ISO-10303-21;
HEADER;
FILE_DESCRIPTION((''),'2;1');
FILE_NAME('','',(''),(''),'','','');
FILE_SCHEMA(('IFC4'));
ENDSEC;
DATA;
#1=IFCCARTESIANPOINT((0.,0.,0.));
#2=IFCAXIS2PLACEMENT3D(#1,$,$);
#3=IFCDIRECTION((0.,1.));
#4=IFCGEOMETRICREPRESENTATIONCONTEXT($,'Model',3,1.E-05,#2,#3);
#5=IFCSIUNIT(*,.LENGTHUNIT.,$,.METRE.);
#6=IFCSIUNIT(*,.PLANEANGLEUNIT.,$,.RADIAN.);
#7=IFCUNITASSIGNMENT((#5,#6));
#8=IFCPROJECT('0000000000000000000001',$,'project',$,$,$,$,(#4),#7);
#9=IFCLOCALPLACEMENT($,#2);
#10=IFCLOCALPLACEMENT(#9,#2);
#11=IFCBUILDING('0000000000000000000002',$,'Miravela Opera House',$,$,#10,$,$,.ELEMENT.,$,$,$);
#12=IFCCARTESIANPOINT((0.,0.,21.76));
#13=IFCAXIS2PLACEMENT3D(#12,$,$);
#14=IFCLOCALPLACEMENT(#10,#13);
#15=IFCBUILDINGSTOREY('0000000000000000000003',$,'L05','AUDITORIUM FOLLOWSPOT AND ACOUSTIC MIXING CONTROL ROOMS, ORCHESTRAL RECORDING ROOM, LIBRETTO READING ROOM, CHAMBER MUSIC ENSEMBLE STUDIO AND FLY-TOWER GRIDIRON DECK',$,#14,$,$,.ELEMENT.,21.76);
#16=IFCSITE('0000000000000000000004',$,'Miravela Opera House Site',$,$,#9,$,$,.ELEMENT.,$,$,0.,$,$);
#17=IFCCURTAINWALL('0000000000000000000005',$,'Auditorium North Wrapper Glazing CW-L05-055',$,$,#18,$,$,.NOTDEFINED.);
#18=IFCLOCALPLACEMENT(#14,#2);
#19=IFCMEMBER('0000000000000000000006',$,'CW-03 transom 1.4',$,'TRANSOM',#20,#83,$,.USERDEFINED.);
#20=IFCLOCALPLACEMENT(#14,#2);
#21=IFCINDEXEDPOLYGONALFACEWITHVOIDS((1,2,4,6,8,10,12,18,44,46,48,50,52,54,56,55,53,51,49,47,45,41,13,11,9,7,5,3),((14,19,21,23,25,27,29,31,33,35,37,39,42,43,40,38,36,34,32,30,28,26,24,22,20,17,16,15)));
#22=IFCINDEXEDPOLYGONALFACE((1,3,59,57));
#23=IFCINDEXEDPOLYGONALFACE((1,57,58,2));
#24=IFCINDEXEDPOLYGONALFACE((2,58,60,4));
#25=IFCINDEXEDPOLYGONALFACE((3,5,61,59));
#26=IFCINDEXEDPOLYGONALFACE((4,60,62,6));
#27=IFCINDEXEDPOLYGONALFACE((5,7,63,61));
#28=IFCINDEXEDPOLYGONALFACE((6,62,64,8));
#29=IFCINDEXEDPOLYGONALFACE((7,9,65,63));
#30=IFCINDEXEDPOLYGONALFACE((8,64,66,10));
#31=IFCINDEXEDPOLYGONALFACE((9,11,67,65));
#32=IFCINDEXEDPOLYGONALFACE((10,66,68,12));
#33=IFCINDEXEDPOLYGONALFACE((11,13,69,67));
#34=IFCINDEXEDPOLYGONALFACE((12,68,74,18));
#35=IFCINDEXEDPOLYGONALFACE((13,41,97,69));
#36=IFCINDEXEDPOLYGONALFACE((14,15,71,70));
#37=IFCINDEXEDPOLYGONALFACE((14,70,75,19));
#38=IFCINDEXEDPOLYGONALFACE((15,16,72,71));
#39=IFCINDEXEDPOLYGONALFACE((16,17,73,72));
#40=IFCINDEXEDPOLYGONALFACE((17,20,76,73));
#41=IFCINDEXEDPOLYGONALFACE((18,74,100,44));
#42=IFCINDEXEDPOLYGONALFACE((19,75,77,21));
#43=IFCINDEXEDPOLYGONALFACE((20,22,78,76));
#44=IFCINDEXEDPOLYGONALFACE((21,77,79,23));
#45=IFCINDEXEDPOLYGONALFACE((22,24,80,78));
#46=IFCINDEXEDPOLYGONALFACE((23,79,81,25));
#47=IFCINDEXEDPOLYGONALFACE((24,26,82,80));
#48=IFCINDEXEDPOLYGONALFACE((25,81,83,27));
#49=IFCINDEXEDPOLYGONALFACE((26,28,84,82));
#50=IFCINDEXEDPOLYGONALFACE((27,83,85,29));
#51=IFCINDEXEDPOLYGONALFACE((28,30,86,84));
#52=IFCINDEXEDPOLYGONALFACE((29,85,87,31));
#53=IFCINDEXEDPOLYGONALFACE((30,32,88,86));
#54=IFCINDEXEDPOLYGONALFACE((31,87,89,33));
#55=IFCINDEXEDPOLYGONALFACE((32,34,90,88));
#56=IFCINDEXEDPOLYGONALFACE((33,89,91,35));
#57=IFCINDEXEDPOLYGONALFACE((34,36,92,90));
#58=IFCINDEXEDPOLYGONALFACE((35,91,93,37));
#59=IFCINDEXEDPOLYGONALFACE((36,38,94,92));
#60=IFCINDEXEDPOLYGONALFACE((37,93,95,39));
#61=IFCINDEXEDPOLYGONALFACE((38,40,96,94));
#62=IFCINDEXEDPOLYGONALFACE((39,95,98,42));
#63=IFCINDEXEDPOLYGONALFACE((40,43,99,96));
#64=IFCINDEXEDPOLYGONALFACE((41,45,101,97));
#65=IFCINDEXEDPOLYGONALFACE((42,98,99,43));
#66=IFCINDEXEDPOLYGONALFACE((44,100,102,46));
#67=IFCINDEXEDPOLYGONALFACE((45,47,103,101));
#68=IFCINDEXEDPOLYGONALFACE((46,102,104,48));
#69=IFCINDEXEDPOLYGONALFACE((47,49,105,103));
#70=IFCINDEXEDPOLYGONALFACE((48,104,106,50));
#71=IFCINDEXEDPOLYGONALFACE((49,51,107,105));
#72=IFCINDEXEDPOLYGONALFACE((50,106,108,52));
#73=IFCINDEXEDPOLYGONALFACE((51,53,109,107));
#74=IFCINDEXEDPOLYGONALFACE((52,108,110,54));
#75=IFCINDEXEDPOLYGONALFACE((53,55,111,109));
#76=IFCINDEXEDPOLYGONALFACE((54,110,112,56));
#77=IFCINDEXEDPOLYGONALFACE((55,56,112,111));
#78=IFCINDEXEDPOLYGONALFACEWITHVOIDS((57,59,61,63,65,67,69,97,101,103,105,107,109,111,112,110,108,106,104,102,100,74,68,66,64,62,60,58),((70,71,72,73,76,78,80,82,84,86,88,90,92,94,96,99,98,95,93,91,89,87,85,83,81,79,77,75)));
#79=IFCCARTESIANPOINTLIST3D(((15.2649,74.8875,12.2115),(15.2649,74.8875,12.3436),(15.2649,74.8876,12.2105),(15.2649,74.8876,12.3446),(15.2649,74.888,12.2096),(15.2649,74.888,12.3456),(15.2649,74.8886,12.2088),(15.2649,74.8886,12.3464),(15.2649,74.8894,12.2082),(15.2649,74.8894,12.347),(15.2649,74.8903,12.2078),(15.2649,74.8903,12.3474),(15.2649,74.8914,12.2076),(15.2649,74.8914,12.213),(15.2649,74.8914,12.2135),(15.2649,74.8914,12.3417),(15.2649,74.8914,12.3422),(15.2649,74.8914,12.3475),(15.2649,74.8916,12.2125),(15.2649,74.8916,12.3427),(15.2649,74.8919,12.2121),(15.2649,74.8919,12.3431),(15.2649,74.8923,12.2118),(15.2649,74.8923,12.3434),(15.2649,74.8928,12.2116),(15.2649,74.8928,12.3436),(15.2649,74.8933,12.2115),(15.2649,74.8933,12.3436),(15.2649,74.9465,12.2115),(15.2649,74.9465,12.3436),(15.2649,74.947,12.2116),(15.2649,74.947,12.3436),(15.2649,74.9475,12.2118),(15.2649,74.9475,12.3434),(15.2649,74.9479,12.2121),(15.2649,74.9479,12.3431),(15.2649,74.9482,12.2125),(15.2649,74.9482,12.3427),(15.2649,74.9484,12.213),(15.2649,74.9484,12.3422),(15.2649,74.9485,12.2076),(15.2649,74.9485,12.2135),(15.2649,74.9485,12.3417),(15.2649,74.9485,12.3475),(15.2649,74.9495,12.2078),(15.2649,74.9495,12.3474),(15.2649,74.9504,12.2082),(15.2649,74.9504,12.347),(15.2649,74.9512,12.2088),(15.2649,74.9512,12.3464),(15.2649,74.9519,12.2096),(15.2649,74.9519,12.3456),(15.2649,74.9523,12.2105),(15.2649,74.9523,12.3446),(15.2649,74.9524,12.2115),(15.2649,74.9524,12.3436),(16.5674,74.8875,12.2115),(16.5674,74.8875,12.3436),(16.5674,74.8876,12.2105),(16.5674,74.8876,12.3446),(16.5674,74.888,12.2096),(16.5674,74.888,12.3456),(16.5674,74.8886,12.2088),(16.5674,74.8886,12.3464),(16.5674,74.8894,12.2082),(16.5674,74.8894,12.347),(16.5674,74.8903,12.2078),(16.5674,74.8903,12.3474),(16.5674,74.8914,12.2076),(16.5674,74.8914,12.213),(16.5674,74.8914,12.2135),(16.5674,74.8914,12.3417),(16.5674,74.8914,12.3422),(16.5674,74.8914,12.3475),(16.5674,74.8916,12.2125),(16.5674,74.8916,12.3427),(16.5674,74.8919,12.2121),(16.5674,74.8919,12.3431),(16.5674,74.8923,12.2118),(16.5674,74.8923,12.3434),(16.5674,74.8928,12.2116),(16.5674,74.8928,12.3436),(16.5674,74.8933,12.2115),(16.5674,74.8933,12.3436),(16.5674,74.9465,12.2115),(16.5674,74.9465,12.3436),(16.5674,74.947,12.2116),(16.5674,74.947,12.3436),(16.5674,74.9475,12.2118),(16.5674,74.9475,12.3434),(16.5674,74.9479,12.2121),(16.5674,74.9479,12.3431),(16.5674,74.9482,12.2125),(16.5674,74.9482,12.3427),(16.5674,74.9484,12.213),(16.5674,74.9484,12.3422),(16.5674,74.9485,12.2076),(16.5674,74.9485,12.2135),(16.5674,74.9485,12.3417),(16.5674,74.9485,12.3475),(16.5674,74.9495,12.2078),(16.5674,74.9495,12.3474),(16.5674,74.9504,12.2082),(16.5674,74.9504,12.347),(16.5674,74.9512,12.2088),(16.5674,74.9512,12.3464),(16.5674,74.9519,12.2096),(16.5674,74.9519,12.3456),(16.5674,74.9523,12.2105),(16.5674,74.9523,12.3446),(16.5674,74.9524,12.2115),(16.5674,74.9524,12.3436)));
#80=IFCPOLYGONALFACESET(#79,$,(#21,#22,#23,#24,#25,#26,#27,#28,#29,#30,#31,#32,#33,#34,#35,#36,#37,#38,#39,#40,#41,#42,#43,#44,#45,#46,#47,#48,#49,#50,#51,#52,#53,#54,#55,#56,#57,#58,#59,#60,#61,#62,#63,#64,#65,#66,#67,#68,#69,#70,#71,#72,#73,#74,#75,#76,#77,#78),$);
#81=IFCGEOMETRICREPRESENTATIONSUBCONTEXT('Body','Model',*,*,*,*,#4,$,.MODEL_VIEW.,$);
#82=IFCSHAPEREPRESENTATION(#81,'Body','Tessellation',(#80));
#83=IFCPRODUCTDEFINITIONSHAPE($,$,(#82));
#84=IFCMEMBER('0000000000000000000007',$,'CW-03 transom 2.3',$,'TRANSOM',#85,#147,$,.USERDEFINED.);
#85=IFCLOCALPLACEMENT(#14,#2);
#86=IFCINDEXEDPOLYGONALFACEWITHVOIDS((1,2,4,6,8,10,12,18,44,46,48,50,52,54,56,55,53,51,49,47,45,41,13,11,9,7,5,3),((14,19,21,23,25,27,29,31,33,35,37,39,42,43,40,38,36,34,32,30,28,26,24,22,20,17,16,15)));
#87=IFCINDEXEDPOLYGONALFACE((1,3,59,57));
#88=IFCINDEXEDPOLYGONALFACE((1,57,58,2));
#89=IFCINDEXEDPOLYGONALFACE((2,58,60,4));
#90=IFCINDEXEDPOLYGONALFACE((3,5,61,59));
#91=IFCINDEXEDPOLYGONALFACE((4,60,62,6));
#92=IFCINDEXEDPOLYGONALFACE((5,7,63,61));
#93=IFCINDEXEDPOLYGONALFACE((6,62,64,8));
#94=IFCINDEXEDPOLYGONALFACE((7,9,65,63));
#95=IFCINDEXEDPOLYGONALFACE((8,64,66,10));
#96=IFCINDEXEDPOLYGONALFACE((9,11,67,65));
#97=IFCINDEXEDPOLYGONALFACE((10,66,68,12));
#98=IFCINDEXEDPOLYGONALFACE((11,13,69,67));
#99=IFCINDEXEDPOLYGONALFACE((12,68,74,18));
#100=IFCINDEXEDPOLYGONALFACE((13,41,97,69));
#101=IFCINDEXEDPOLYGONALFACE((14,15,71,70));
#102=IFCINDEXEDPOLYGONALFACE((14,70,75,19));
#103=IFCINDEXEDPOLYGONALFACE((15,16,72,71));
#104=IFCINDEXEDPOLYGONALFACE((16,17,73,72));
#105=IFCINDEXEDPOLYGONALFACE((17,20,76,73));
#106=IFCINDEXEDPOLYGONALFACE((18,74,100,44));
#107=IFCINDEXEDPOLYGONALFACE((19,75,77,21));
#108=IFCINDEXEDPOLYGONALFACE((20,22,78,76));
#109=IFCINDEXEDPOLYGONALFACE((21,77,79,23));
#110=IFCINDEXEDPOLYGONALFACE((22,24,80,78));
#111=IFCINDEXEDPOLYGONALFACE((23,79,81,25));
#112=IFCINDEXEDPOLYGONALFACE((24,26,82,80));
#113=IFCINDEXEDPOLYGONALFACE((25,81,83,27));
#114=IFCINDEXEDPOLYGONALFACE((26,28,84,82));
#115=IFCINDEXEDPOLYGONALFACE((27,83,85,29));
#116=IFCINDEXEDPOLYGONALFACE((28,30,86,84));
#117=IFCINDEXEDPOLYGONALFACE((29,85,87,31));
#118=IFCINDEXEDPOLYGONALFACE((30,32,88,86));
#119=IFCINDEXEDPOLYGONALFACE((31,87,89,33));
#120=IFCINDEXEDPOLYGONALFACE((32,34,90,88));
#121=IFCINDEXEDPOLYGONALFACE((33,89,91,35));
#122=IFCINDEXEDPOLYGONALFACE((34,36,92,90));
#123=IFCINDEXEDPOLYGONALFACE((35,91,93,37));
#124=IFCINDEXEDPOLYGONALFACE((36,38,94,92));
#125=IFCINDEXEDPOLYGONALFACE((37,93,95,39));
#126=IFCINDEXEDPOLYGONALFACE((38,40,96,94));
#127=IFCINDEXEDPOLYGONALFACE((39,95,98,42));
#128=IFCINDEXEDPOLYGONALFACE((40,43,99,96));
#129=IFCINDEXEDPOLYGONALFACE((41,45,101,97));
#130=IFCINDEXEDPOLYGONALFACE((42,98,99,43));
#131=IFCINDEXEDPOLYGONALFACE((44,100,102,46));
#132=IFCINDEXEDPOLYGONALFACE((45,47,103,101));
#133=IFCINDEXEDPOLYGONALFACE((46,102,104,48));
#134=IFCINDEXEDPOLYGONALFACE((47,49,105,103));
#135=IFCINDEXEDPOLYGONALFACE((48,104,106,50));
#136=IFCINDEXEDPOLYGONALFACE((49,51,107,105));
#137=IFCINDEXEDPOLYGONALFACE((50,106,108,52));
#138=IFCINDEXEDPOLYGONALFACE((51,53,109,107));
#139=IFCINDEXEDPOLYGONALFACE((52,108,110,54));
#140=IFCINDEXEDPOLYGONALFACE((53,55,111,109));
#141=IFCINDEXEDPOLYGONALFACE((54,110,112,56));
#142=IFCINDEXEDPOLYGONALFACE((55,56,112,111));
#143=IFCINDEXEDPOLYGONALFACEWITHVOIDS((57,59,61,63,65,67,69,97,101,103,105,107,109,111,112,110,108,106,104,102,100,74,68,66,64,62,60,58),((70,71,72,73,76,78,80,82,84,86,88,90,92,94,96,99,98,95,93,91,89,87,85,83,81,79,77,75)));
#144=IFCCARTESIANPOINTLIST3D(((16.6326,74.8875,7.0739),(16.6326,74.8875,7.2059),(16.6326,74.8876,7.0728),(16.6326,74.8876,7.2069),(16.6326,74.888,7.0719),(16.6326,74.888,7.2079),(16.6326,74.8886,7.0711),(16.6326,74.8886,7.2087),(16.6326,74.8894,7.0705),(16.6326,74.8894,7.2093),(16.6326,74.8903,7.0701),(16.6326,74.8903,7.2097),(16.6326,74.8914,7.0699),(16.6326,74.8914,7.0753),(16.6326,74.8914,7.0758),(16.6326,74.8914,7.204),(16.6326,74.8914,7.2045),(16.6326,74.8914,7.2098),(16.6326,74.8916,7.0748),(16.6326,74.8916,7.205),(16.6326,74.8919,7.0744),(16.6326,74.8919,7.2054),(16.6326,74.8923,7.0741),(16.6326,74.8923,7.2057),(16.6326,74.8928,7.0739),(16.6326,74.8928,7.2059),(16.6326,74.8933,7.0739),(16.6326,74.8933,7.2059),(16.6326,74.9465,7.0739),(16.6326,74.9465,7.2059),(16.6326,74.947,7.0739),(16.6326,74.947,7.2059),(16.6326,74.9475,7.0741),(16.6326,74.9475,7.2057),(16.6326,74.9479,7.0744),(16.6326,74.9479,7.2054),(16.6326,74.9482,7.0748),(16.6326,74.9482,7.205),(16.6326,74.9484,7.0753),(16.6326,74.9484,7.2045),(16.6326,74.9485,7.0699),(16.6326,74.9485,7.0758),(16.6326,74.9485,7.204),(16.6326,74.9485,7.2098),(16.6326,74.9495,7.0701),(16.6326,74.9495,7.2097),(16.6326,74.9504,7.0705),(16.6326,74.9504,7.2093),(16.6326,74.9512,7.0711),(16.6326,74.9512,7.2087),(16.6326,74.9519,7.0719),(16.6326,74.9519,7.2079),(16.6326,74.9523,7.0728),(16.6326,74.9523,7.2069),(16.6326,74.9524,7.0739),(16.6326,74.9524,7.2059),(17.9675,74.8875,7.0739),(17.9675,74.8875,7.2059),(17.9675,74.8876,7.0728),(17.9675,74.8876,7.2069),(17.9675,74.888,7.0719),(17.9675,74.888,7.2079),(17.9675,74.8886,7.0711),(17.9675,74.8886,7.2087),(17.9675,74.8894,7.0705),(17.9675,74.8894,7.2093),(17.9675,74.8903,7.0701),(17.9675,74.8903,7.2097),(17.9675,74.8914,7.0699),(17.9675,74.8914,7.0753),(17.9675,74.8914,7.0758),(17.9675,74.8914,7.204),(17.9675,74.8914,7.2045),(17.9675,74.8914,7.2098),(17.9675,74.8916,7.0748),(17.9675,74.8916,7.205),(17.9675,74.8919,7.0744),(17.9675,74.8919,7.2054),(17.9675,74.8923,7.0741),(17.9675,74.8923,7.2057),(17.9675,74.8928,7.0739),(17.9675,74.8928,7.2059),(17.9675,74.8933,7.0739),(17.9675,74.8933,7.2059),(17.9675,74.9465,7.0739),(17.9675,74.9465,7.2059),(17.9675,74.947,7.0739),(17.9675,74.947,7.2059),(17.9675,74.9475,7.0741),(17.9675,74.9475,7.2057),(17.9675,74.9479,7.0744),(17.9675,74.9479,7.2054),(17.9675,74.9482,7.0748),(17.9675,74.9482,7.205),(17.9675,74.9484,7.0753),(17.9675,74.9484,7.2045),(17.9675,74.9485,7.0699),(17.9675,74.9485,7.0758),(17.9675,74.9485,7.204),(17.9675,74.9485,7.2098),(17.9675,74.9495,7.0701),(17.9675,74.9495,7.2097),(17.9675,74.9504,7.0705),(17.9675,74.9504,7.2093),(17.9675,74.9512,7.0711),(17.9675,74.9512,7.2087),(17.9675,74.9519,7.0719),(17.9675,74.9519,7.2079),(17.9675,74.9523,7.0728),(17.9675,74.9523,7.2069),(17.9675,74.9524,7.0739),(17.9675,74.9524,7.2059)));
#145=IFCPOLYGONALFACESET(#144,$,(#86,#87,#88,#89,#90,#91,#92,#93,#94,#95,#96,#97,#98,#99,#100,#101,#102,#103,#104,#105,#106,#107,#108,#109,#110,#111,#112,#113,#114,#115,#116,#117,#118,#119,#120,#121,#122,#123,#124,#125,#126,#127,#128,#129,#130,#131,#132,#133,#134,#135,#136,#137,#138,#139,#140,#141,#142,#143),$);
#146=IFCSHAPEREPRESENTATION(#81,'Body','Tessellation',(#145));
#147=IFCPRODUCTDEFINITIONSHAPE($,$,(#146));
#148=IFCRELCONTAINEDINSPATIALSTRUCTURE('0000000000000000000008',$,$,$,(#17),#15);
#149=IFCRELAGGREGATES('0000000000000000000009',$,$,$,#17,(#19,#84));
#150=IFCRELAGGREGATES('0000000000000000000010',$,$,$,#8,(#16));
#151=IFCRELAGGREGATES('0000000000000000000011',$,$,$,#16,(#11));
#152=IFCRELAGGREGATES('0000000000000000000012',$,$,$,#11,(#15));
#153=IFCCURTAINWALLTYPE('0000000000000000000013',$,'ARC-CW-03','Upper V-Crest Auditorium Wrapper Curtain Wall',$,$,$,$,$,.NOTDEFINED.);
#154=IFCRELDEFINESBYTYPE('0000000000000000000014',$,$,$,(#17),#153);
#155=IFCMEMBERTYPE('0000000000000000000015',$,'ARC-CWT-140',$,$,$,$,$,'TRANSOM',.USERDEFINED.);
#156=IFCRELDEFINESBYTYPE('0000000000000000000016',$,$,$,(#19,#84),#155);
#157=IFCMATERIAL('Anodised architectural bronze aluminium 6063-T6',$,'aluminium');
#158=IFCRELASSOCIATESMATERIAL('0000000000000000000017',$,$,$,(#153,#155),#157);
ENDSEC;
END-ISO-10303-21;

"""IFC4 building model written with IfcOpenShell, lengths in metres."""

from ifc_helpers import new_model, si_unit, direction, frame, origin, origin_2d, place, context, subcontext, project, spatial, hollow_rectangle, extrude, material, material_profile, profile_set, type_object, element, aggregate, save


model = new_model("IFC4")

# Units and contexts
model_context = context("Model", 3, precision=1e-05, world=origin(), true_north=direction((0.0, 1.0)))
body_context = subcontext(model_context, "Body", "Model", "MODEL_VIEW")
ifc_project = project(units=[si_unit("LENGTHUNIT", "METRE"), si_unit("PLANEANGLEUNIT", "RADIAN")], contexts=[model_context])

# Site, building, storey
site_placement = place(None, origin())
site = spatial("IfcSite", under=ifc_project, at=site_placement, Name="Miravela Opera House Site", CompositionType="ELEMENT", RefElevation=0.0)
building_placement = place(site_placement, origin())
building = spatial("IfcBuilding", under=site, at=building_placement, Name="Miravela Opera House", CompositionType="ELEMENT")
storey_placement = place(building_placement, frame((0.0, 0.0, 21.76)))
storey = spatial("IfcBuildingStorey", under=building, at=storey_placement, Name="L05", Description="AUDITORIUM FOLLOWSPOT AND ACOUSTIC MIXING CONTROL ROOMS, ORCHESTRAL RECORDING ROOM, LIBRETTO READING ROOM, CHAMBER MUSIC ENSEMBLE STUDIO AND FLY-TOWER GRIDIRON DECK", CompositionType="ELEMENT", Elevation=21.76)

# Curtain wall, members
ifc_material_1 = material(Name="Anodised architectural bronze aluminium 6063-T6", Category="aluminium")
curtain_wall_type = type_object("IfcCurtainWallType", Name="ARC-CW-03", Description="Upper V-Crest Auditorium Wrapper Curtain Wall", PredefinedType="NOTDEFINED", material=ifc_material_1)
ifc_material_profile_1 = material_profile(ifc_material_1, hollow_rectangle(XDim=0.0649, YDim=0.1399, WallThickness=0.0039, InnerFilletRadius=0.002, OuterFilletRadius=0.0039, at=origin_2d()), Name="CWT-65X140")
ifc_profile_set_1 = profile_set([ifc_material_profile_1])
member_type_1 = type_object("IfcMemberType", Name="ARC-CWT-140", ElementType="TRANSOM", PredefinedType="USERDEFINED", material=ifc_profile_set_1)
curtain_wall_1_placement = place(storey_placement, origin())
curtain_wall_1 = element("IfcCurtainWall", 1, at=curtain_wall_1_placement, inside=storey, type_object=curtain_wall_type, Name="Auditorium North Wrapper Glazing CW-L05-055", PredefinedType="NOTDEFINED")
member_1_placement = place(storey_placement, frame((15.2649, 74.9199, 12.2776), z_axis=(1.0, 0.0, 0.0), x_axis=(0.0, 1.0, 0.0)))
member_1 = element("IfcMember", 2, at=member_1_placement, type_object=member_type_1, Name="CW-03 transom 1.4", ObjectType="TRANSOM", PredefinedType="USERDEFINED", context=body_context, shape_type="SweptSolid", body=[
    extrude(hollow_rectangle(XDim=0.0649, YDim=0.1399, WallThickness=0.0039, InnerFilletRadius=0.002, OuterFilletRadius=0.0039, at=origin_2d()), origin(), (0.0, 0.0, 1.0), 1.3025),
])
member_2_placement = place(storey_placement, frame((16.6326, 74.9199, 7.1399), z_axis=(1.0, 0.0, 0.0), x_axis=(0.0, 1.0, 0.0)))
member_2 = element("IfcMember", 3, at=member_2_placement, type_object=member_type_1, Name="CW-03 transom 2.3", ObjectType="TRANSOM", PredefinedType="USERDEFINED", context=body_context, shape_type="SweptSolid", body=[
    extrude(hollow_rectangle(XDim=0.0649, YDim=0.1399, WallThickness=0.0039, InnerFilletRadius=0.002, OuterFilletRadius=0.0039, at=origin_2d()), origin(), (0.0, 0.0, 1.0), 1.335),
])

aggregate(curtain_wall_1, [member_1, member_2])

save(model, "model.ifc")
